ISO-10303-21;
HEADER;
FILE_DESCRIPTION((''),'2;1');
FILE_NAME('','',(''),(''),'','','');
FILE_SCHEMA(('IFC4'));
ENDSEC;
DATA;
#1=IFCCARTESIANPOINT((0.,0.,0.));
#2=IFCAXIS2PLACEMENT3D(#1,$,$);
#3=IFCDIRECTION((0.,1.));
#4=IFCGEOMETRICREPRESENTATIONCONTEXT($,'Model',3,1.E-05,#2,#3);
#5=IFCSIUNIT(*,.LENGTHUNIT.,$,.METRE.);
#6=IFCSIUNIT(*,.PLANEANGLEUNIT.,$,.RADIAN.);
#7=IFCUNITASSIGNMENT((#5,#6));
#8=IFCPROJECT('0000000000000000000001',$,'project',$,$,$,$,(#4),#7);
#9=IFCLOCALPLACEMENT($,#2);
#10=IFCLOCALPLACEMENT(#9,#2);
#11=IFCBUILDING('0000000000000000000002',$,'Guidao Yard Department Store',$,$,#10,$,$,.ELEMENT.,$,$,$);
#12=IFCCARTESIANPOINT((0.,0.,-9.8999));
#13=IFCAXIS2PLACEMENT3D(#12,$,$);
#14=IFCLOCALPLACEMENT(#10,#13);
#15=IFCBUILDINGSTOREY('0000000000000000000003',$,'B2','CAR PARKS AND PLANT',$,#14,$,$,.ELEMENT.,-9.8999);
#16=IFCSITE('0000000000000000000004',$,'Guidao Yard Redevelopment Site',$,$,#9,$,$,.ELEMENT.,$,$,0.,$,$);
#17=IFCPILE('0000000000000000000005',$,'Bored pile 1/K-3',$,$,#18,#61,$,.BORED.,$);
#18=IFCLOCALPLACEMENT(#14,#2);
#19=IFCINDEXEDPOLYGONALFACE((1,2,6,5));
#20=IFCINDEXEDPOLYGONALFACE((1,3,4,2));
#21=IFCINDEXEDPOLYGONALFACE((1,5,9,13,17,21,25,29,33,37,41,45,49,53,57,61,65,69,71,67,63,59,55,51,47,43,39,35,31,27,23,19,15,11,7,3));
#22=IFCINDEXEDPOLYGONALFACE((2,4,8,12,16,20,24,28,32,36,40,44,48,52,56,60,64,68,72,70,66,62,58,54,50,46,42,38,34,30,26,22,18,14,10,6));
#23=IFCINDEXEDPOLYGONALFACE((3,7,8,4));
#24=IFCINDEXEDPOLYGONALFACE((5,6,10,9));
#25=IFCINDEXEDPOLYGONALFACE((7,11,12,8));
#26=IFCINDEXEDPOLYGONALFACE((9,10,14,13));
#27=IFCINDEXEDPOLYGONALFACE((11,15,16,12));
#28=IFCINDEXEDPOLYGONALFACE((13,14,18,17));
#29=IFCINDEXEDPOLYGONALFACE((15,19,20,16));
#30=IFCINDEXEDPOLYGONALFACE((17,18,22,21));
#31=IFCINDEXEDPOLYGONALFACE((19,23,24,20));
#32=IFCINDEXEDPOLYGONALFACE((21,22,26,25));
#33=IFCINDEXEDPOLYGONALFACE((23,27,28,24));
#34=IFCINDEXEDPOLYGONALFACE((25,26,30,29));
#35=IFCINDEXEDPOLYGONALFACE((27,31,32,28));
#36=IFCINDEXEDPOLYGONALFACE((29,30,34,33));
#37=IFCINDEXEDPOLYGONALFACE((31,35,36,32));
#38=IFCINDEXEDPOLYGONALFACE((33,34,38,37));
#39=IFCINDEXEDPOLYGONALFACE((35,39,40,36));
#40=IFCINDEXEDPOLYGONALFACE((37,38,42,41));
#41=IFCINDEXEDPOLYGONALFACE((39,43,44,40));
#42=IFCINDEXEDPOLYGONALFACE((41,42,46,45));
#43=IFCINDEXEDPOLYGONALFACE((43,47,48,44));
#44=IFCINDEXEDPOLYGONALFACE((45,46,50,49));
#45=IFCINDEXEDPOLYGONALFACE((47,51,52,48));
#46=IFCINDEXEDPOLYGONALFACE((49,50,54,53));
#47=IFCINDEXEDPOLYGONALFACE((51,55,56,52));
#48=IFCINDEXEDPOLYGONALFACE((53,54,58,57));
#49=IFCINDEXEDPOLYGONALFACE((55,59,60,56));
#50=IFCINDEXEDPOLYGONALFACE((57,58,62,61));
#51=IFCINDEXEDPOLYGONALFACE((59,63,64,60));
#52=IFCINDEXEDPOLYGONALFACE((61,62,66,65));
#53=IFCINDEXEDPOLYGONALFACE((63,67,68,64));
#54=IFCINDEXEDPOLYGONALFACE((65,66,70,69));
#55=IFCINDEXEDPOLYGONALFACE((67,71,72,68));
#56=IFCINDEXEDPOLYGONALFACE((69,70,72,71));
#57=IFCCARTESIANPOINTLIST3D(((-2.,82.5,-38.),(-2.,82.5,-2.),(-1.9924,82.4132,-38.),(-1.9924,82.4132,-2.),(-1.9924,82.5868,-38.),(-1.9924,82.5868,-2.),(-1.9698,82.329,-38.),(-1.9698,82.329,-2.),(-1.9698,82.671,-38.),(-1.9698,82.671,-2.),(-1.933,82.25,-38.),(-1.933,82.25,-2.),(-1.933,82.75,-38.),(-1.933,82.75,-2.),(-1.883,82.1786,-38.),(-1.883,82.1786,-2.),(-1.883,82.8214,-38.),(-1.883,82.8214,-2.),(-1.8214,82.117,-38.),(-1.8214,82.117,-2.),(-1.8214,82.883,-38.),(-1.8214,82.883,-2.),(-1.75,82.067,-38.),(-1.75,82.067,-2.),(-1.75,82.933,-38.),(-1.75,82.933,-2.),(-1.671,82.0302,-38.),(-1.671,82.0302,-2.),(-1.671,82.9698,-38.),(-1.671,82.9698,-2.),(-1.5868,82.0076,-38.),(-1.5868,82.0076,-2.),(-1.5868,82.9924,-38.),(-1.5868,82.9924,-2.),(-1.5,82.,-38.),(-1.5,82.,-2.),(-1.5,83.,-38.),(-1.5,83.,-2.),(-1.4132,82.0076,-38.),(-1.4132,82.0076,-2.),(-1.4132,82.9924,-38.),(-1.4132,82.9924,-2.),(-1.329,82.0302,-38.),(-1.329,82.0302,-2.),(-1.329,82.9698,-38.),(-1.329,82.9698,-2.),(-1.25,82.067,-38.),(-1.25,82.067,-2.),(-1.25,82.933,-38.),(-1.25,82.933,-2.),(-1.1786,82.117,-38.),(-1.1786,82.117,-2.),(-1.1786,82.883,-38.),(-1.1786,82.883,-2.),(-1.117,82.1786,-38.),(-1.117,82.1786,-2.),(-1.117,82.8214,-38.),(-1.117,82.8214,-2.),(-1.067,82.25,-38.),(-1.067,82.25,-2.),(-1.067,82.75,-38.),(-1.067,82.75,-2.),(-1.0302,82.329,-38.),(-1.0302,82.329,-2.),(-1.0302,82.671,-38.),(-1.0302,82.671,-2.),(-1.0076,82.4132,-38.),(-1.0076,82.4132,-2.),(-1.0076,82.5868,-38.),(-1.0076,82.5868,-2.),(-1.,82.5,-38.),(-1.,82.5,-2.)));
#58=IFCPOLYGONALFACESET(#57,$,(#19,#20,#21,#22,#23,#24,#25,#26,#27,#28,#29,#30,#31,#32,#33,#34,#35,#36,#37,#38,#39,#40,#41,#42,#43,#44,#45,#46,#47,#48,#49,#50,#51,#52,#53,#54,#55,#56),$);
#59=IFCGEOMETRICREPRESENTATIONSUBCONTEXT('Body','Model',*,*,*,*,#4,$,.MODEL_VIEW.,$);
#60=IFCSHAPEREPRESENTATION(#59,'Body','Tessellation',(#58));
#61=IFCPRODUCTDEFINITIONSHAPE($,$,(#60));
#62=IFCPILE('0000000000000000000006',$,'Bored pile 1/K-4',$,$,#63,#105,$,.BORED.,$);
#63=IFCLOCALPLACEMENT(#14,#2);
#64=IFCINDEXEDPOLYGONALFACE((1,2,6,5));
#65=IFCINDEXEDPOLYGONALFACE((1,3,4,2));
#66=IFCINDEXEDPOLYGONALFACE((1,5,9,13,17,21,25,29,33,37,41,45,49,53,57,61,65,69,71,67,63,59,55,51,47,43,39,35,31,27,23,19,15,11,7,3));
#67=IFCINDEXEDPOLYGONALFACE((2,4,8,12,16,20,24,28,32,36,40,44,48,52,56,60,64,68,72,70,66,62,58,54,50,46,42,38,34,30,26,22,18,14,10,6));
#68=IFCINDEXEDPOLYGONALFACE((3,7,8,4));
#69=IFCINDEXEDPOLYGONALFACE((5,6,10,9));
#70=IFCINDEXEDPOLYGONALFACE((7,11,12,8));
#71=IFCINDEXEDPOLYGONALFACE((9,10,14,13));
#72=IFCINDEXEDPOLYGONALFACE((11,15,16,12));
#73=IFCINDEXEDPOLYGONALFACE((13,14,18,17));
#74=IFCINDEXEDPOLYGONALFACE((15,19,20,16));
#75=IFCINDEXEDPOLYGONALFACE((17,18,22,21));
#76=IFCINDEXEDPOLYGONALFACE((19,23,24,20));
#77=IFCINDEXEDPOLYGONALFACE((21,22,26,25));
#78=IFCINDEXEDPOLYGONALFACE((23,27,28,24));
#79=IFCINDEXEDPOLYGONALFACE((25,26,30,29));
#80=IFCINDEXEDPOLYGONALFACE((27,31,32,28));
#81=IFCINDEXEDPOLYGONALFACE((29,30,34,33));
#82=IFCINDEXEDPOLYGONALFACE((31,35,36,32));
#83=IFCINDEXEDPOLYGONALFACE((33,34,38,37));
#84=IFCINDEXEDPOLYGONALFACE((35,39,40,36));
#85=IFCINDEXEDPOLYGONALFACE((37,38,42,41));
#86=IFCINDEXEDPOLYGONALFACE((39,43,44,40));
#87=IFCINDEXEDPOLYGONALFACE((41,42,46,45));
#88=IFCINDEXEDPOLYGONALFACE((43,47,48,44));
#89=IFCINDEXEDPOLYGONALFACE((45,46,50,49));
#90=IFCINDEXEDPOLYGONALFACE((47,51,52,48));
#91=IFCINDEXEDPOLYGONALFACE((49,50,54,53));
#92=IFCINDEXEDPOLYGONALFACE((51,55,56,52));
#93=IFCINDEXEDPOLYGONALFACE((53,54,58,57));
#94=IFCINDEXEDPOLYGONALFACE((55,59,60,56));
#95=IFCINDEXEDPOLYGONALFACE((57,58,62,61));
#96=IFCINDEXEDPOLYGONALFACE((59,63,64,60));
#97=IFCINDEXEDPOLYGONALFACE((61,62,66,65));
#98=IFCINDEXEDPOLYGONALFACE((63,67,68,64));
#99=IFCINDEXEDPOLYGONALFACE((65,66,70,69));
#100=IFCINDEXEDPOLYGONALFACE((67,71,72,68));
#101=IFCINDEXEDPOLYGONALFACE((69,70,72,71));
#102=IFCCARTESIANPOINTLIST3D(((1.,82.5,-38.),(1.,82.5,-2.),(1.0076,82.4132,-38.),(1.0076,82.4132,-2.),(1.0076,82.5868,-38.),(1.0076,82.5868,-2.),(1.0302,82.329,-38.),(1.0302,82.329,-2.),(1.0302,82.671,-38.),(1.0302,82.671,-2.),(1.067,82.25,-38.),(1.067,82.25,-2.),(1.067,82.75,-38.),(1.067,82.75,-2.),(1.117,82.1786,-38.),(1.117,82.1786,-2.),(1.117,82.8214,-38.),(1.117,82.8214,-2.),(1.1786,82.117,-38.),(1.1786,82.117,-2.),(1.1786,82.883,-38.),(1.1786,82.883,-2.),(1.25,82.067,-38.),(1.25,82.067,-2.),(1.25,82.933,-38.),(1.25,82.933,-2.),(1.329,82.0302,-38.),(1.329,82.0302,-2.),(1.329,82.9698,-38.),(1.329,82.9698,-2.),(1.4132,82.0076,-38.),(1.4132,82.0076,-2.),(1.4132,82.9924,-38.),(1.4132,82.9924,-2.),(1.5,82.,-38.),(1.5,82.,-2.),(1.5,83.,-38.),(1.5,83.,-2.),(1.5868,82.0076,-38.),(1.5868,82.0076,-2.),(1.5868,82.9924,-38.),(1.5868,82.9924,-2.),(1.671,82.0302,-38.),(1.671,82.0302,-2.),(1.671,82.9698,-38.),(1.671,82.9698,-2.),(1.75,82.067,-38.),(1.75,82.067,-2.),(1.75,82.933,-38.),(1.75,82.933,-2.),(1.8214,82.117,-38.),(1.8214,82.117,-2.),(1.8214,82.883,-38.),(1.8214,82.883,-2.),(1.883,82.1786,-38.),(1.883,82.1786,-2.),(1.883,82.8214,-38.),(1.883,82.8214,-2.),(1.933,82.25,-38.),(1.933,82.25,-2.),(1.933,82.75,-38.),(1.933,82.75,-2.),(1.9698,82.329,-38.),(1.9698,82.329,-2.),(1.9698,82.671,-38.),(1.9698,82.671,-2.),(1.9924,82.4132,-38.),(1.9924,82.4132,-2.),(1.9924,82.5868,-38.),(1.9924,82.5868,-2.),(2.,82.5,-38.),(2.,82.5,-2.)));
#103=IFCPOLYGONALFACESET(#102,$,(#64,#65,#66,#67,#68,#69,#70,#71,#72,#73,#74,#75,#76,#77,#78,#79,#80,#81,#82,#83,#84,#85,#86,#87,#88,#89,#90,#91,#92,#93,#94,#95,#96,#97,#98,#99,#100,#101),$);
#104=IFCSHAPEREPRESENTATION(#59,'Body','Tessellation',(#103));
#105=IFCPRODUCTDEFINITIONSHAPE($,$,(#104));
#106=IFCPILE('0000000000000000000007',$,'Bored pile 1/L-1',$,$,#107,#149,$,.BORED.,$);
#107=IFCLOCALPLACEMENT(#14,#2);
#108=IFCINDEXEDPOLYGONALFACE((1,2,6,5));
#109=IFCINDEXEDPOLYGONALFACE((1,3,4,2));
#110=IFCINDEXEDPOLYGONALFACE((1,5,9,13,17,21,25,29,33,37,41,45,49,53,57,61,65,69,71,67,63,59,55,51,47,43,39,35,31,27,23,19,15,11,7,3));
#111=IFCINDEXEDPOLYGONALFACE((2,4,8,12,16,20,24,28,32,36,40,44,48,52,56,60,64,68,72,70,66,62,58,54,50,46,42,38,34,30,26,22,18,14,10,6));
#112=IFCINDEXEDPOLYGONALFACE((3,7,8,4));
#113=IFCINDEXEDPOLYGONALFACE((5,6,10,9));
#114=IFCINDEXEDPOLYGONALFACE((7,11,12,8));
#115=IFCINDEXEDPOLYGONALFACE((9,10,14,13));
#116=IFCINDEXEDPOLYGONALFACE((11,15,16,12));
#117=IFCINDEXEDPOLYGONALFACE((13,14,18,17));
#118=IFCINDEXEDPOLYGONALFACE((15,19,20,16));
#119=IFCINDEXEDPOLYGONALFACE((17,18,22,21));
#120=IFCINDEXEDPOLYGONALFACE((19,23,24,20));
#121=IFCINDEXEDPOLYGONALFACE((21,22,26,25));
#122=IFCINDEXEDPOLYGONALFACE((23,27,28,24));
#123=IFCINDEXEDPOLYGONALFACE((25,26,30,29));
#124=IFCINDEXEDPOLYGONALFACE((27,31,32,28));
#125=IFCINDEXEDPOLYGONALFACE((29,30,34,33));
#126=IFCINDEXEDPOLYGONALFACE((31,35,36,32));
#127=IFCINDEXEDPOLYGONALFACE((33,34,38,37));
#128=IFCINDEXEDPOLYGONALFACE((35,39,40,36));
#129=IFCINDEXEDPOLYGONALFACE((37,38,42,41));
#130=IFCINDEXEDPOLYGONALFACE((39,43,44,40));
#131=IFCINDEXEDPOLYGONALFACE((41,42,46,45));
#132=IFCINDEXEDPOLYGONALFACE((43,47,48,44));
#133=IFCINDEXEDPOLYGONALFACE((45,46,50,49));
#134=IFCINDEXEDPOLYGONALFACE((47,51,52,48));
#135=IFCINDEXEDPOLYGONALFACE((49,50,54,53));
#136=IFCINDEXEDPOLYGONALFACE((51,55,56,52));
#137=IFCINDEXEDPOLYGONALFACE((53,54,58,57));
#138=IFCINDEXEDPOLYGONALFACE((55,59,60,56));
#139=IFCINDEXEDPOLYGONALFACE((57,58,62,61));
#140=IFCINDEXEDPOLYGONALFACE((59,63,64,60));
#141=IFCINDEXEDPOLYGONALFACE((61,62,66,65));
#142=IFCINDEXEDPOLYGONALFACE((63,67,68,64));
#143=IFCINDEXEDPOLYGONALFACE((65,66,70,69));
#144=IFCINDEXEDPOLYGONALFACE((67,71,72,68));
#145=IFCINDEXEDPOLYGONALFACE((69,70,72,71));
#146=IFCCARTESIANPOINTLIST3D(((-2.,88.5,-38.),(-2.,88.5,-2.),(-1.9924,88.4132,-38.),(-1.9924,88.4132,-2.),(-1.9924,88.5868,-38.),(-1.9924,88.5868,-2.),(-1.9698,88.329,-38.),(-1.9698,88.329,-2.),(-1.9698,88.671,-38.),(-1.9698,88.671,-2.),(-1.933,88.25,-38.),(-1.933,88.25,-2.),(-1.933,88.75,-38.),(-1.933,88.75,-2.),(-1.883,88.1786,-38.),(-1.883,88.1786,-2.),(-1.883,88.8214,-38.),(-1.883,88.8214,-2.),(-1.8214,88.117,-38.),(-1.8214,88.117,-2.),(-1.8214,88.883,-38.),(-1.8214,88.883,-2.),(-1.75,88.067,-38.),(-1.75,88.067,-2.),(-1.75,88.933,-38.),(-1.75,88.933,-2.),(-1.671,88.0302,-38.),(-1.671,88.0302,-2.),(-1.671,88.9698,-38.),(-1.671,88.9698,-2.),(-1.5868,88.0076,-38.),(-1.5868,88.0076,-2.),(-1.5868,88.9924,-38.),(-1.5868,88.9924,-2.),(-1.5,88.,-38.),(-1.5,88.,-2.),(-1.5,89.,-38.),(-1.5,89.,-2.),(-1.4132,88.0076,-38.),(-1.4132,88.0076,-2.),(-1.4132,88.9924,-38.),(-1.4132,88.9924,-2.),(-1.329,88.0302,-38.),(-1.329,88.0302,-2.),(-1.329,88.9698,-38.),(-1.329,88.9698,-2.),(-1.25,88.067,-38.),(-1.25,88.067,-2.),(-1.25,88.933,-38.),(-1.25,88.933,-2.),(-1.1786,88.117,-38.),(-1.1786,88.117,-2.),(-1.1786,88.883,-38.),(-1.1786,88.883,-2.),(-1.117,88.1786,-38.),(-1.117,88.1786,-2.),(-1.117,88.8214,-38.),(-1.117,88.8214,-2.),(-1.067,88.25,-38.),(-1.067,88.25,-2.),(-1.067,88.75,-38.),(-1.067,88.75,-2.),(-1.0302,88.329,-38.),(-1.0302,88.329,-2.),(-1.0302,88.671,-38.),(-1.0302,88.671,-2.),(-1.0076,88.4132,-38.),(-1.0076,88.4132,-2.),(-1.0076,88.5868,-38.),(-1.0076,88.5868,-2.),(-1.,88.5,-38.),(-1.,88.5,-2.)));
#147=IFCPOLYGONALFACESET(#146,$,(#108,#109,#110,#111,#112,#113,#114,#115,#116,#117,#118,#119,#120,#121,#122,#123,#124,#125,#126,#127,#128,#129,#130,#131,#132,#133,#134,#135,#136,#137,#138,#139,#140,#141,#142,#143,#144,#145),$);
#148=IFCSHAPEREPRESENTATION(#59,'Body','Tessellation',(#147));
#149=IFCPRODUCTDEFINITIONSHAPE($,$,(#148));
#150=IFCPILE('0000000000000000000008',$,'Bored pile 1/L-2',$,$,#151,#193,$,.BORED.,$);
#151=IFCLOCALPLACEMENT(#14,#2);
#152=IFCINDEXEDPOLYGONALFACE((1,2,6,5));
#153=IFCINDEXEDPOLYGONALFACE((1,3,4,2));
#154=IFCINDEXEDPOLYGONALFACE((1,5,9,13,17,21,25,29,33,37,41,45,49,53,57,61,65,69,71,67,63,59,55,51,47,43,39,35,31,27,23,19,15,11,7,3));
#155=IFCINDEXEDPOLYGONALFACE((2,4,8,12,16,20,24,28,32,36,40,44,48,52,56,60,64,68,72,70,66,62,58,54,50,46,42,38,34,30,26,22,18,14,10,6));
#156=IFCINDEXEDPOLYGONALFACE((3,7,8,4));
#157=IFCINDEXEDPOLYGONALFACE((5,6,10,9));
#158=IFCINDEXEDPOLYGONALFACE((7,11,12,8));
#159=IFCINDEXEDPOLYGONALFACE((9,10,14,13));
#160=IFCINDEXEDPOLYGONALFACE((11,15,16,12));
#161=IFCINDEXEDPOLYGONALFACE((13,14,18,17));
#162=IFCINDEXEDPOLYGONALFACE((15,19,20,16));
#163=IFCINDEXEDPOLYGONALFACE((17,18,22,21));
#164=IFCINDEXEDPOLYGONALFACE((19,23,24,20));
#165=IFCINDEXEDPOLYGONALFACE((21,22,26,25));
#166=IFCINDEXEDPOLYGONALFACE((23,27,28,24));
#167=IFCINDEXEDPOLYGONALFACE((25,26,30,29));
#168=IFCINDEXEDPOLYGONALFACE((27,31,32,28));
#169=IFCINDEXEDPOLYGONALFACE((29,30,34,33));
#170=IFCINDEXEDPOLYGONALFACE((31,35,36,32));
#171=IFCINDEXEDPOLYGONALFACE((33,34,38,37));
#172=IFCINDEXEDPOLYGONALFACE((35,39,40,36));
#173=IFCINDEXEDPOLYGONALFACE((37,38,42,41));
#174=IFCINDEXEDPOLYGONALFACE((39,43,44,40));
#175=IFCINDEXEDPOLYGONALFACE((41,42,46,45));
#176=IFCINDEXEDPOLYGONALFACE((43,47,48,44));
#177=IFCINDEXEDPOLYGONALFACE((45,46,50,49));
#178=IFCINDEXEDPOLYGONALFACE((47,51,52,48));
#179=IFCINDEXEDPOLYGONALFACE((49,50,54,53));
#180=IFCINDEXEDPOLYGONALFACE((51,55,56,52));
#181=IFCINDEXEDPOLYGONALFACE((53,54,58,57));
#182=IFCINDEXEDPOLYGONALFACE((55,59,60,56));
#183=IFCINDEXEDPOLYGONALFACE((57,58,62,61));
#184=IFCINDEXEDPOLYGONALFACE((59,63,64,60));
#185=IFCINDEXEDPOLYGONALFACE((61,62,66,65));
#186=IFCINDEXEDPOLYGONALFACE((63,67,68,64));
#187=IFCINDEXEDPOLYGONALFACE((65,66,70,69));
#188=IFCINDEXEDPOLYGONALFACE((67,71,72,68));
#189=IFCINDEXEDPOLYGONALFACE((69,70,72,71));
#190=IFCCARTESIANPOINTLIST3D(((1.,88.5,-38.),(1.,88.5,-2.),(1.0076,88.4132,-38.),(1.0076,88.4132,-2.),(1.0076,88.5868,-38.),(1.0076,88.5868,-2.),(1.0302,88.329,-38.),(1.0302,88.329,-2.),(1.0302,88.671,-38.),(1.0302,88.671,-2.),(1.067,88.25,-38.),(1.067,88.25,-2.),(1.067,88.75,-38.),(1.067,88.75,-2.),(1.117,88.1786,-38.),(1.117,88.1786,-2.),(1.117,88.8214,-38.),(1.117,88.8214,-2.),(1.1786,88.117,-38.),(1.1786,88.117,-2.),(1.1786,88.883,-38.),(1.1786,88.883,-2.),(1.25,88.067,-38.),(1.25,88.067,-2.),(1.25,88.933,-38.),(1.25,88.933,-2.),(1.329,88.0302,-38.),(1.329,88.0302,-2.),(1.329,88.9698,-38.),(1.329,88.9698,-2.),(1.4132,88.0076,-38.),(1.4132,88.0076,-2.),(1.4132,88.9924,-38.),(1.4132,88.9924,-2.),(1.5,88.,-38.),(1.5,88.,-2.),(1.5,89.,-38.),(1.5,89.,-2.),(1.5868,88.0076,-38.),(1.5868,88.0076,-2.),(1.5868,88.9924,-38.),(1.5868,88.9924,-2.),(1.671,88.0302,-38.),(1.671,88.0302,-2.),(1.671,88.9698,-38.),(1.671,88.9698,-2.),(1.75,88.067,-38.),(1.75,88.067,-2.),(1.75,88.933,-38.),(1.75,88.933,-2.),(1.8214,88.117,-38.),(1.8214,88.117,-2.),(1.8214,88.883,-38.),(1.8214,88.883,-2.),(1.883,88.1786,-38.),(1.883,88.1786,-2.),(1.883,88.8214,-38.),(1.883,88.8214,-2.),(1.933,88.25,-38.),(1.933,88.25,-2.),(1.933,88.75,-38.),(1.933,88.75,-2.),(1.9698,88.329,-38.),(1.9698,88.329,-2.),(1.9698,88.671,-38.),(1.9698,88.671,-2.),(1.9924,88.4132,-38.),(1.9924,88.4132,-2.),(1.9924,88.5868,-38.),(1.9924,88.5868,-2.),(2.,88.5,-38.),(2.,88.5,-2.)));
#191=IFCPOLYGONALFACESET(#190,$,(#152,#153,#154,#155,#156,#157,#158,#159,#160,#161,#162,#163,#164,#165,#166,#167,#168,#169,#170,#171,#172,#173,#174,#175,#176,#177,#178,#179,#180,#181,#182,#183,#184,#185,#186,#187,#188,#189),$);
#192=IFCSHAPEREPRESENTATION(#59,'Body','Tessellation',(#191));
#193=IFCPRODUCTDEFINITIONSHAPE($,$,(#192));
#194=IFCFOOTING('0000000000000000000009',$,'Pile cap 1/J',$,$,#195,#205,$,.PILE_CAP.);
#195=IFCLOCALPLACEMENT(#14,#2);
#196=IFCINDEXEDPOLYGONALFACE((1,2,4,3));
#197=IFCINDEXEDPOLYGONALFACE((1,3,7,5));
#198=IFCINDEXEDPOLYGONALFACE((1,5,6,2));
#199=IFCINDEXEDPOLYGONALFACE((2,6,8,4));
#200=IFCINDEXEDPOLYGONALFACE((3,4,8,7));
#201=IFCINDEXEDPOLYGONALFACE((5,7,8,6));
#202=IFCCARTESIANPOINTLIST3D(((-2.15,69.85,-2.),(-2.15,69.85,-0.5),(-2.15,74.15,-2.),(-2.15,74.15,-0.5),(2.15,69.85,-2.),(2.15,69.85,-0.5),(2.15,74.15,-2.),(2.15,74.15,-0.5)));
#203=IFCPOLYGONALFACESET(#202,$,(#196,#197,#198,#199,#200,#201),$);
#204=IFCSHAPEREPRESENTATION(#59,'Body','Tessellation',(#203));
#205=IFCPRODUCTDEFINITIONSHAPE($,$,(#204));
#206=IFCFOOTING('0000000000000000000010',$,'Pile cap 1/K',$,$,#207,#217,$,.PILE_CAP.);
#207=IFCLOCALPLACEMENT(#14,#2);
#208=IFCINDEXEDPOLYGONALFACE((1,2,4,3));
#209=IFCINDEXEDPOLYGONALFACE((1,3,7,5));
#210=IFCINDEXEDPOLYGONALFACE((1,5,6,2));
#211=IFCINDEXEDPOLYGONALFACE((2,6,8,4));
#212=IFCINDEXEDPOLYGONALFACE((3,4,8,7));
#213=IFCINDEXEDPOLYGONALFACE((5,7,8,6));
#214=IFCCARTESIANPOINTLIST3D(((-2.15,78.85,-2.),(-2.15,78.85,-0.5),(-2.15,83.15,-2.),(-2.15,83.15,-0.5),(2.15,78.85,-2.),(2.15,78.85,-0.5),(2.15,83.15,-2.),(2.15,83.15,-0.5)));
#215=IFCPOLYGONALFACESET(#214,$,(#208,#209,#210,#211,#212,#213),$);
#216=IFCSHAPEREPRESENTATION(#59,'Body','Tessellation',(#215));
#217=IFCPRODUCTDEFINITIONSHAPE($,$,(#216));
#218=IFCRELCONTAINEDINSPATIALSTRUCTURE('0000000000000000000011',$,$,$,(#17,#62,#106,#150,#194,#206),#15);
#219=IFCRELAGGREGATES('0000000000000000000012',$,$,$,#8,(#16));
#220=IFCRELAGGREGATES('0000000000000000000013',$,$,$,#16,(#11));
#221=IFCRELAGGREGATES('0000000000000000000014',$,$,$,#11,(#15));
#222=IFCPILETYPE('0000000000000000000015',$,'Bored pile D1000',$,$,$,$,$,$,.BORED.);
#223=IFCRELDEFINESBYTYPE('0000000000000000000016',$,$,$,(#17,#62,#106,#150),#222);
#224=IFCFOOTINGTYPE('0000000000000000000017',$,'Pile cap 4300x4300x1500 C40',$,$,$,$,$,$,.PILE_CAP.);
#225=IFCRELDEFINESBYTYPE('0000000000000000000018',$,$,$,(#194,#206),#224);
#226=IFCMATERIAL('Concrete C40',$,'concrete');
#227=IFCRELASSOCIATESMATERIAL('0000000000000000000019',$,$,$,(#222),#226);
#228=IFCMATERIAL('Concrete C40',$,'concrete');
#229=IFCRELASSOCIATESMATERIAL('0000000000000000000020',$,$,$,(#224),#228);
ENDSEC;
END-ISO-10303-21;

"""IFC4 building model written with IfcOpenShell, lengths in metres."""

from ifc_helpers import new_model, si_unit, direction, frame, origin, origin_2d, place, context, subcontext, project, spatial, rectangle, circle, extrude, material, material_profile, profile_set, type_object, element, save


model = new_model("IFC4")

# Units and contexts
model_context = context("Model", 3, precision=1e-05, world=origin(), true_north=direction((0.0, 1.0)))
body_context = subcontext(model_context, "Body", "Model", "MODEL_VIEW")
ifc_project = project(units=[si_unit("LENGTHUNIT", "METRE"), si_unit("PLANEANGLEUNIT", "RADIAN")], contexts=[model_context])

# Site, building, storey
site_placement = place(None, origin())
site = spatial("IfcSite", under=ifc_project, at=site_placement, Name="Guidao Yard Redevelopment Site", CompositionType="ELEMENT", RefElevation=0.0)
building_placement = place(site_placement, origin())
building = spatial("IfcBuilding", under=site, at=building_placement, Name="Guidao Yard Department Store", CompositionType="ELEMENT")
storey_placement = place(building_placement, frame((0.0, 0.0, -9.8999)))
storey = spatial("IfcBuildingStorey", under=building, at=storey_placement, Name="B2", Description="CAR PARKS AND PLANT", CompositionType="ELEMENT", Elevation=-9.8999)

# Piles
ifc_material_1 = material(Name="Concrete C40", Category="concrete")
ifc_material_profile_1 = material_profile(ifc_material_1, circle(Radius=0.5, at=origin_2d()), Name="Bored pile D1000")
ifc_profile_set_1 = profile_set([ifc_material_profile_1], Name="Concrete C40")
pile_type = type_object("IfcPileType", Name="Bored pile D1000", PredefinedType="BORED", material=ifc_profile_set_1)
for number, where, z_axis, x_axis, name in (
    (1, (-1.5, 82.5, -2.0), (0.0, 0.0, -1.0), (1.0, 0.0, 0.0), "Bored pile 1/K-3"),
    (2, (1.5, 82.5, -2.0), (0.0, 0.0, -1.0), (1.0, 0.0, 0.0), "Bored pile 1/K-4"),
    (3, (-1.5, 88.5, -2.0), (0.0, 0.0, -1.0), (1.0, 0.0, 0.0), "Bored pile 1/L-1"),
    (4, (1.5, 88.5, -2.0), (0.0, 0.0, -1.0), (1.0, 0.0, 0.0), "Bored pile 1/L-2"),
):
    element("IfcPile", number, at=place(storey_placement, frame(where, z_axis=z_axis, x_axis=x_axis)), inside=storey, type_object=pile_type, Name=name, PredefinedType="BORED", context=body_context, shape_type="SweptSolid", body=[
        extrude(circle(Radius=0.5, at=origin_2d()), origin(), (0.0, 0.0, 1.0), 36.0),
    ])

# Footings
ifc_material_2 = material(Name="Concrete C40", Category="concrete")
footing_type = type_object("IfcFootingType", Name="Pile cap 4300x4300x1500 C40", PredefinedType="PILE_CAP", material=ifc_material_2)
for number, where, z_axis, x_axis, name in (
    (5, (0.0, 72.0, -2.0), (0.0, 0.0, 1.0), (1.0, 0.0, 0.0), "Pile cap 1/J"),
    (6, (0.0, 81.0, -2.0), (0.0, 0.0, 1.0), (1.0, 0.0, 0.0), "Pile cap 1/K"),
):
    element("IfcFooting", number, at=place(storey_placement, frame(where, z_axis=z_axis, x_axis=x_axis)), inside=storey, type_object=footing_type, Name=name, PredefinedType="PILE_CAP", context=body_context, shape_type="SweptSolid", body=[
        extrude(rectangle(XDim=4.3, YDim=4.3, at=origin_2d()), origin(), (0.0, 0.0, 1.0), 1.5),
    ])

save(model, "model.ifc")
